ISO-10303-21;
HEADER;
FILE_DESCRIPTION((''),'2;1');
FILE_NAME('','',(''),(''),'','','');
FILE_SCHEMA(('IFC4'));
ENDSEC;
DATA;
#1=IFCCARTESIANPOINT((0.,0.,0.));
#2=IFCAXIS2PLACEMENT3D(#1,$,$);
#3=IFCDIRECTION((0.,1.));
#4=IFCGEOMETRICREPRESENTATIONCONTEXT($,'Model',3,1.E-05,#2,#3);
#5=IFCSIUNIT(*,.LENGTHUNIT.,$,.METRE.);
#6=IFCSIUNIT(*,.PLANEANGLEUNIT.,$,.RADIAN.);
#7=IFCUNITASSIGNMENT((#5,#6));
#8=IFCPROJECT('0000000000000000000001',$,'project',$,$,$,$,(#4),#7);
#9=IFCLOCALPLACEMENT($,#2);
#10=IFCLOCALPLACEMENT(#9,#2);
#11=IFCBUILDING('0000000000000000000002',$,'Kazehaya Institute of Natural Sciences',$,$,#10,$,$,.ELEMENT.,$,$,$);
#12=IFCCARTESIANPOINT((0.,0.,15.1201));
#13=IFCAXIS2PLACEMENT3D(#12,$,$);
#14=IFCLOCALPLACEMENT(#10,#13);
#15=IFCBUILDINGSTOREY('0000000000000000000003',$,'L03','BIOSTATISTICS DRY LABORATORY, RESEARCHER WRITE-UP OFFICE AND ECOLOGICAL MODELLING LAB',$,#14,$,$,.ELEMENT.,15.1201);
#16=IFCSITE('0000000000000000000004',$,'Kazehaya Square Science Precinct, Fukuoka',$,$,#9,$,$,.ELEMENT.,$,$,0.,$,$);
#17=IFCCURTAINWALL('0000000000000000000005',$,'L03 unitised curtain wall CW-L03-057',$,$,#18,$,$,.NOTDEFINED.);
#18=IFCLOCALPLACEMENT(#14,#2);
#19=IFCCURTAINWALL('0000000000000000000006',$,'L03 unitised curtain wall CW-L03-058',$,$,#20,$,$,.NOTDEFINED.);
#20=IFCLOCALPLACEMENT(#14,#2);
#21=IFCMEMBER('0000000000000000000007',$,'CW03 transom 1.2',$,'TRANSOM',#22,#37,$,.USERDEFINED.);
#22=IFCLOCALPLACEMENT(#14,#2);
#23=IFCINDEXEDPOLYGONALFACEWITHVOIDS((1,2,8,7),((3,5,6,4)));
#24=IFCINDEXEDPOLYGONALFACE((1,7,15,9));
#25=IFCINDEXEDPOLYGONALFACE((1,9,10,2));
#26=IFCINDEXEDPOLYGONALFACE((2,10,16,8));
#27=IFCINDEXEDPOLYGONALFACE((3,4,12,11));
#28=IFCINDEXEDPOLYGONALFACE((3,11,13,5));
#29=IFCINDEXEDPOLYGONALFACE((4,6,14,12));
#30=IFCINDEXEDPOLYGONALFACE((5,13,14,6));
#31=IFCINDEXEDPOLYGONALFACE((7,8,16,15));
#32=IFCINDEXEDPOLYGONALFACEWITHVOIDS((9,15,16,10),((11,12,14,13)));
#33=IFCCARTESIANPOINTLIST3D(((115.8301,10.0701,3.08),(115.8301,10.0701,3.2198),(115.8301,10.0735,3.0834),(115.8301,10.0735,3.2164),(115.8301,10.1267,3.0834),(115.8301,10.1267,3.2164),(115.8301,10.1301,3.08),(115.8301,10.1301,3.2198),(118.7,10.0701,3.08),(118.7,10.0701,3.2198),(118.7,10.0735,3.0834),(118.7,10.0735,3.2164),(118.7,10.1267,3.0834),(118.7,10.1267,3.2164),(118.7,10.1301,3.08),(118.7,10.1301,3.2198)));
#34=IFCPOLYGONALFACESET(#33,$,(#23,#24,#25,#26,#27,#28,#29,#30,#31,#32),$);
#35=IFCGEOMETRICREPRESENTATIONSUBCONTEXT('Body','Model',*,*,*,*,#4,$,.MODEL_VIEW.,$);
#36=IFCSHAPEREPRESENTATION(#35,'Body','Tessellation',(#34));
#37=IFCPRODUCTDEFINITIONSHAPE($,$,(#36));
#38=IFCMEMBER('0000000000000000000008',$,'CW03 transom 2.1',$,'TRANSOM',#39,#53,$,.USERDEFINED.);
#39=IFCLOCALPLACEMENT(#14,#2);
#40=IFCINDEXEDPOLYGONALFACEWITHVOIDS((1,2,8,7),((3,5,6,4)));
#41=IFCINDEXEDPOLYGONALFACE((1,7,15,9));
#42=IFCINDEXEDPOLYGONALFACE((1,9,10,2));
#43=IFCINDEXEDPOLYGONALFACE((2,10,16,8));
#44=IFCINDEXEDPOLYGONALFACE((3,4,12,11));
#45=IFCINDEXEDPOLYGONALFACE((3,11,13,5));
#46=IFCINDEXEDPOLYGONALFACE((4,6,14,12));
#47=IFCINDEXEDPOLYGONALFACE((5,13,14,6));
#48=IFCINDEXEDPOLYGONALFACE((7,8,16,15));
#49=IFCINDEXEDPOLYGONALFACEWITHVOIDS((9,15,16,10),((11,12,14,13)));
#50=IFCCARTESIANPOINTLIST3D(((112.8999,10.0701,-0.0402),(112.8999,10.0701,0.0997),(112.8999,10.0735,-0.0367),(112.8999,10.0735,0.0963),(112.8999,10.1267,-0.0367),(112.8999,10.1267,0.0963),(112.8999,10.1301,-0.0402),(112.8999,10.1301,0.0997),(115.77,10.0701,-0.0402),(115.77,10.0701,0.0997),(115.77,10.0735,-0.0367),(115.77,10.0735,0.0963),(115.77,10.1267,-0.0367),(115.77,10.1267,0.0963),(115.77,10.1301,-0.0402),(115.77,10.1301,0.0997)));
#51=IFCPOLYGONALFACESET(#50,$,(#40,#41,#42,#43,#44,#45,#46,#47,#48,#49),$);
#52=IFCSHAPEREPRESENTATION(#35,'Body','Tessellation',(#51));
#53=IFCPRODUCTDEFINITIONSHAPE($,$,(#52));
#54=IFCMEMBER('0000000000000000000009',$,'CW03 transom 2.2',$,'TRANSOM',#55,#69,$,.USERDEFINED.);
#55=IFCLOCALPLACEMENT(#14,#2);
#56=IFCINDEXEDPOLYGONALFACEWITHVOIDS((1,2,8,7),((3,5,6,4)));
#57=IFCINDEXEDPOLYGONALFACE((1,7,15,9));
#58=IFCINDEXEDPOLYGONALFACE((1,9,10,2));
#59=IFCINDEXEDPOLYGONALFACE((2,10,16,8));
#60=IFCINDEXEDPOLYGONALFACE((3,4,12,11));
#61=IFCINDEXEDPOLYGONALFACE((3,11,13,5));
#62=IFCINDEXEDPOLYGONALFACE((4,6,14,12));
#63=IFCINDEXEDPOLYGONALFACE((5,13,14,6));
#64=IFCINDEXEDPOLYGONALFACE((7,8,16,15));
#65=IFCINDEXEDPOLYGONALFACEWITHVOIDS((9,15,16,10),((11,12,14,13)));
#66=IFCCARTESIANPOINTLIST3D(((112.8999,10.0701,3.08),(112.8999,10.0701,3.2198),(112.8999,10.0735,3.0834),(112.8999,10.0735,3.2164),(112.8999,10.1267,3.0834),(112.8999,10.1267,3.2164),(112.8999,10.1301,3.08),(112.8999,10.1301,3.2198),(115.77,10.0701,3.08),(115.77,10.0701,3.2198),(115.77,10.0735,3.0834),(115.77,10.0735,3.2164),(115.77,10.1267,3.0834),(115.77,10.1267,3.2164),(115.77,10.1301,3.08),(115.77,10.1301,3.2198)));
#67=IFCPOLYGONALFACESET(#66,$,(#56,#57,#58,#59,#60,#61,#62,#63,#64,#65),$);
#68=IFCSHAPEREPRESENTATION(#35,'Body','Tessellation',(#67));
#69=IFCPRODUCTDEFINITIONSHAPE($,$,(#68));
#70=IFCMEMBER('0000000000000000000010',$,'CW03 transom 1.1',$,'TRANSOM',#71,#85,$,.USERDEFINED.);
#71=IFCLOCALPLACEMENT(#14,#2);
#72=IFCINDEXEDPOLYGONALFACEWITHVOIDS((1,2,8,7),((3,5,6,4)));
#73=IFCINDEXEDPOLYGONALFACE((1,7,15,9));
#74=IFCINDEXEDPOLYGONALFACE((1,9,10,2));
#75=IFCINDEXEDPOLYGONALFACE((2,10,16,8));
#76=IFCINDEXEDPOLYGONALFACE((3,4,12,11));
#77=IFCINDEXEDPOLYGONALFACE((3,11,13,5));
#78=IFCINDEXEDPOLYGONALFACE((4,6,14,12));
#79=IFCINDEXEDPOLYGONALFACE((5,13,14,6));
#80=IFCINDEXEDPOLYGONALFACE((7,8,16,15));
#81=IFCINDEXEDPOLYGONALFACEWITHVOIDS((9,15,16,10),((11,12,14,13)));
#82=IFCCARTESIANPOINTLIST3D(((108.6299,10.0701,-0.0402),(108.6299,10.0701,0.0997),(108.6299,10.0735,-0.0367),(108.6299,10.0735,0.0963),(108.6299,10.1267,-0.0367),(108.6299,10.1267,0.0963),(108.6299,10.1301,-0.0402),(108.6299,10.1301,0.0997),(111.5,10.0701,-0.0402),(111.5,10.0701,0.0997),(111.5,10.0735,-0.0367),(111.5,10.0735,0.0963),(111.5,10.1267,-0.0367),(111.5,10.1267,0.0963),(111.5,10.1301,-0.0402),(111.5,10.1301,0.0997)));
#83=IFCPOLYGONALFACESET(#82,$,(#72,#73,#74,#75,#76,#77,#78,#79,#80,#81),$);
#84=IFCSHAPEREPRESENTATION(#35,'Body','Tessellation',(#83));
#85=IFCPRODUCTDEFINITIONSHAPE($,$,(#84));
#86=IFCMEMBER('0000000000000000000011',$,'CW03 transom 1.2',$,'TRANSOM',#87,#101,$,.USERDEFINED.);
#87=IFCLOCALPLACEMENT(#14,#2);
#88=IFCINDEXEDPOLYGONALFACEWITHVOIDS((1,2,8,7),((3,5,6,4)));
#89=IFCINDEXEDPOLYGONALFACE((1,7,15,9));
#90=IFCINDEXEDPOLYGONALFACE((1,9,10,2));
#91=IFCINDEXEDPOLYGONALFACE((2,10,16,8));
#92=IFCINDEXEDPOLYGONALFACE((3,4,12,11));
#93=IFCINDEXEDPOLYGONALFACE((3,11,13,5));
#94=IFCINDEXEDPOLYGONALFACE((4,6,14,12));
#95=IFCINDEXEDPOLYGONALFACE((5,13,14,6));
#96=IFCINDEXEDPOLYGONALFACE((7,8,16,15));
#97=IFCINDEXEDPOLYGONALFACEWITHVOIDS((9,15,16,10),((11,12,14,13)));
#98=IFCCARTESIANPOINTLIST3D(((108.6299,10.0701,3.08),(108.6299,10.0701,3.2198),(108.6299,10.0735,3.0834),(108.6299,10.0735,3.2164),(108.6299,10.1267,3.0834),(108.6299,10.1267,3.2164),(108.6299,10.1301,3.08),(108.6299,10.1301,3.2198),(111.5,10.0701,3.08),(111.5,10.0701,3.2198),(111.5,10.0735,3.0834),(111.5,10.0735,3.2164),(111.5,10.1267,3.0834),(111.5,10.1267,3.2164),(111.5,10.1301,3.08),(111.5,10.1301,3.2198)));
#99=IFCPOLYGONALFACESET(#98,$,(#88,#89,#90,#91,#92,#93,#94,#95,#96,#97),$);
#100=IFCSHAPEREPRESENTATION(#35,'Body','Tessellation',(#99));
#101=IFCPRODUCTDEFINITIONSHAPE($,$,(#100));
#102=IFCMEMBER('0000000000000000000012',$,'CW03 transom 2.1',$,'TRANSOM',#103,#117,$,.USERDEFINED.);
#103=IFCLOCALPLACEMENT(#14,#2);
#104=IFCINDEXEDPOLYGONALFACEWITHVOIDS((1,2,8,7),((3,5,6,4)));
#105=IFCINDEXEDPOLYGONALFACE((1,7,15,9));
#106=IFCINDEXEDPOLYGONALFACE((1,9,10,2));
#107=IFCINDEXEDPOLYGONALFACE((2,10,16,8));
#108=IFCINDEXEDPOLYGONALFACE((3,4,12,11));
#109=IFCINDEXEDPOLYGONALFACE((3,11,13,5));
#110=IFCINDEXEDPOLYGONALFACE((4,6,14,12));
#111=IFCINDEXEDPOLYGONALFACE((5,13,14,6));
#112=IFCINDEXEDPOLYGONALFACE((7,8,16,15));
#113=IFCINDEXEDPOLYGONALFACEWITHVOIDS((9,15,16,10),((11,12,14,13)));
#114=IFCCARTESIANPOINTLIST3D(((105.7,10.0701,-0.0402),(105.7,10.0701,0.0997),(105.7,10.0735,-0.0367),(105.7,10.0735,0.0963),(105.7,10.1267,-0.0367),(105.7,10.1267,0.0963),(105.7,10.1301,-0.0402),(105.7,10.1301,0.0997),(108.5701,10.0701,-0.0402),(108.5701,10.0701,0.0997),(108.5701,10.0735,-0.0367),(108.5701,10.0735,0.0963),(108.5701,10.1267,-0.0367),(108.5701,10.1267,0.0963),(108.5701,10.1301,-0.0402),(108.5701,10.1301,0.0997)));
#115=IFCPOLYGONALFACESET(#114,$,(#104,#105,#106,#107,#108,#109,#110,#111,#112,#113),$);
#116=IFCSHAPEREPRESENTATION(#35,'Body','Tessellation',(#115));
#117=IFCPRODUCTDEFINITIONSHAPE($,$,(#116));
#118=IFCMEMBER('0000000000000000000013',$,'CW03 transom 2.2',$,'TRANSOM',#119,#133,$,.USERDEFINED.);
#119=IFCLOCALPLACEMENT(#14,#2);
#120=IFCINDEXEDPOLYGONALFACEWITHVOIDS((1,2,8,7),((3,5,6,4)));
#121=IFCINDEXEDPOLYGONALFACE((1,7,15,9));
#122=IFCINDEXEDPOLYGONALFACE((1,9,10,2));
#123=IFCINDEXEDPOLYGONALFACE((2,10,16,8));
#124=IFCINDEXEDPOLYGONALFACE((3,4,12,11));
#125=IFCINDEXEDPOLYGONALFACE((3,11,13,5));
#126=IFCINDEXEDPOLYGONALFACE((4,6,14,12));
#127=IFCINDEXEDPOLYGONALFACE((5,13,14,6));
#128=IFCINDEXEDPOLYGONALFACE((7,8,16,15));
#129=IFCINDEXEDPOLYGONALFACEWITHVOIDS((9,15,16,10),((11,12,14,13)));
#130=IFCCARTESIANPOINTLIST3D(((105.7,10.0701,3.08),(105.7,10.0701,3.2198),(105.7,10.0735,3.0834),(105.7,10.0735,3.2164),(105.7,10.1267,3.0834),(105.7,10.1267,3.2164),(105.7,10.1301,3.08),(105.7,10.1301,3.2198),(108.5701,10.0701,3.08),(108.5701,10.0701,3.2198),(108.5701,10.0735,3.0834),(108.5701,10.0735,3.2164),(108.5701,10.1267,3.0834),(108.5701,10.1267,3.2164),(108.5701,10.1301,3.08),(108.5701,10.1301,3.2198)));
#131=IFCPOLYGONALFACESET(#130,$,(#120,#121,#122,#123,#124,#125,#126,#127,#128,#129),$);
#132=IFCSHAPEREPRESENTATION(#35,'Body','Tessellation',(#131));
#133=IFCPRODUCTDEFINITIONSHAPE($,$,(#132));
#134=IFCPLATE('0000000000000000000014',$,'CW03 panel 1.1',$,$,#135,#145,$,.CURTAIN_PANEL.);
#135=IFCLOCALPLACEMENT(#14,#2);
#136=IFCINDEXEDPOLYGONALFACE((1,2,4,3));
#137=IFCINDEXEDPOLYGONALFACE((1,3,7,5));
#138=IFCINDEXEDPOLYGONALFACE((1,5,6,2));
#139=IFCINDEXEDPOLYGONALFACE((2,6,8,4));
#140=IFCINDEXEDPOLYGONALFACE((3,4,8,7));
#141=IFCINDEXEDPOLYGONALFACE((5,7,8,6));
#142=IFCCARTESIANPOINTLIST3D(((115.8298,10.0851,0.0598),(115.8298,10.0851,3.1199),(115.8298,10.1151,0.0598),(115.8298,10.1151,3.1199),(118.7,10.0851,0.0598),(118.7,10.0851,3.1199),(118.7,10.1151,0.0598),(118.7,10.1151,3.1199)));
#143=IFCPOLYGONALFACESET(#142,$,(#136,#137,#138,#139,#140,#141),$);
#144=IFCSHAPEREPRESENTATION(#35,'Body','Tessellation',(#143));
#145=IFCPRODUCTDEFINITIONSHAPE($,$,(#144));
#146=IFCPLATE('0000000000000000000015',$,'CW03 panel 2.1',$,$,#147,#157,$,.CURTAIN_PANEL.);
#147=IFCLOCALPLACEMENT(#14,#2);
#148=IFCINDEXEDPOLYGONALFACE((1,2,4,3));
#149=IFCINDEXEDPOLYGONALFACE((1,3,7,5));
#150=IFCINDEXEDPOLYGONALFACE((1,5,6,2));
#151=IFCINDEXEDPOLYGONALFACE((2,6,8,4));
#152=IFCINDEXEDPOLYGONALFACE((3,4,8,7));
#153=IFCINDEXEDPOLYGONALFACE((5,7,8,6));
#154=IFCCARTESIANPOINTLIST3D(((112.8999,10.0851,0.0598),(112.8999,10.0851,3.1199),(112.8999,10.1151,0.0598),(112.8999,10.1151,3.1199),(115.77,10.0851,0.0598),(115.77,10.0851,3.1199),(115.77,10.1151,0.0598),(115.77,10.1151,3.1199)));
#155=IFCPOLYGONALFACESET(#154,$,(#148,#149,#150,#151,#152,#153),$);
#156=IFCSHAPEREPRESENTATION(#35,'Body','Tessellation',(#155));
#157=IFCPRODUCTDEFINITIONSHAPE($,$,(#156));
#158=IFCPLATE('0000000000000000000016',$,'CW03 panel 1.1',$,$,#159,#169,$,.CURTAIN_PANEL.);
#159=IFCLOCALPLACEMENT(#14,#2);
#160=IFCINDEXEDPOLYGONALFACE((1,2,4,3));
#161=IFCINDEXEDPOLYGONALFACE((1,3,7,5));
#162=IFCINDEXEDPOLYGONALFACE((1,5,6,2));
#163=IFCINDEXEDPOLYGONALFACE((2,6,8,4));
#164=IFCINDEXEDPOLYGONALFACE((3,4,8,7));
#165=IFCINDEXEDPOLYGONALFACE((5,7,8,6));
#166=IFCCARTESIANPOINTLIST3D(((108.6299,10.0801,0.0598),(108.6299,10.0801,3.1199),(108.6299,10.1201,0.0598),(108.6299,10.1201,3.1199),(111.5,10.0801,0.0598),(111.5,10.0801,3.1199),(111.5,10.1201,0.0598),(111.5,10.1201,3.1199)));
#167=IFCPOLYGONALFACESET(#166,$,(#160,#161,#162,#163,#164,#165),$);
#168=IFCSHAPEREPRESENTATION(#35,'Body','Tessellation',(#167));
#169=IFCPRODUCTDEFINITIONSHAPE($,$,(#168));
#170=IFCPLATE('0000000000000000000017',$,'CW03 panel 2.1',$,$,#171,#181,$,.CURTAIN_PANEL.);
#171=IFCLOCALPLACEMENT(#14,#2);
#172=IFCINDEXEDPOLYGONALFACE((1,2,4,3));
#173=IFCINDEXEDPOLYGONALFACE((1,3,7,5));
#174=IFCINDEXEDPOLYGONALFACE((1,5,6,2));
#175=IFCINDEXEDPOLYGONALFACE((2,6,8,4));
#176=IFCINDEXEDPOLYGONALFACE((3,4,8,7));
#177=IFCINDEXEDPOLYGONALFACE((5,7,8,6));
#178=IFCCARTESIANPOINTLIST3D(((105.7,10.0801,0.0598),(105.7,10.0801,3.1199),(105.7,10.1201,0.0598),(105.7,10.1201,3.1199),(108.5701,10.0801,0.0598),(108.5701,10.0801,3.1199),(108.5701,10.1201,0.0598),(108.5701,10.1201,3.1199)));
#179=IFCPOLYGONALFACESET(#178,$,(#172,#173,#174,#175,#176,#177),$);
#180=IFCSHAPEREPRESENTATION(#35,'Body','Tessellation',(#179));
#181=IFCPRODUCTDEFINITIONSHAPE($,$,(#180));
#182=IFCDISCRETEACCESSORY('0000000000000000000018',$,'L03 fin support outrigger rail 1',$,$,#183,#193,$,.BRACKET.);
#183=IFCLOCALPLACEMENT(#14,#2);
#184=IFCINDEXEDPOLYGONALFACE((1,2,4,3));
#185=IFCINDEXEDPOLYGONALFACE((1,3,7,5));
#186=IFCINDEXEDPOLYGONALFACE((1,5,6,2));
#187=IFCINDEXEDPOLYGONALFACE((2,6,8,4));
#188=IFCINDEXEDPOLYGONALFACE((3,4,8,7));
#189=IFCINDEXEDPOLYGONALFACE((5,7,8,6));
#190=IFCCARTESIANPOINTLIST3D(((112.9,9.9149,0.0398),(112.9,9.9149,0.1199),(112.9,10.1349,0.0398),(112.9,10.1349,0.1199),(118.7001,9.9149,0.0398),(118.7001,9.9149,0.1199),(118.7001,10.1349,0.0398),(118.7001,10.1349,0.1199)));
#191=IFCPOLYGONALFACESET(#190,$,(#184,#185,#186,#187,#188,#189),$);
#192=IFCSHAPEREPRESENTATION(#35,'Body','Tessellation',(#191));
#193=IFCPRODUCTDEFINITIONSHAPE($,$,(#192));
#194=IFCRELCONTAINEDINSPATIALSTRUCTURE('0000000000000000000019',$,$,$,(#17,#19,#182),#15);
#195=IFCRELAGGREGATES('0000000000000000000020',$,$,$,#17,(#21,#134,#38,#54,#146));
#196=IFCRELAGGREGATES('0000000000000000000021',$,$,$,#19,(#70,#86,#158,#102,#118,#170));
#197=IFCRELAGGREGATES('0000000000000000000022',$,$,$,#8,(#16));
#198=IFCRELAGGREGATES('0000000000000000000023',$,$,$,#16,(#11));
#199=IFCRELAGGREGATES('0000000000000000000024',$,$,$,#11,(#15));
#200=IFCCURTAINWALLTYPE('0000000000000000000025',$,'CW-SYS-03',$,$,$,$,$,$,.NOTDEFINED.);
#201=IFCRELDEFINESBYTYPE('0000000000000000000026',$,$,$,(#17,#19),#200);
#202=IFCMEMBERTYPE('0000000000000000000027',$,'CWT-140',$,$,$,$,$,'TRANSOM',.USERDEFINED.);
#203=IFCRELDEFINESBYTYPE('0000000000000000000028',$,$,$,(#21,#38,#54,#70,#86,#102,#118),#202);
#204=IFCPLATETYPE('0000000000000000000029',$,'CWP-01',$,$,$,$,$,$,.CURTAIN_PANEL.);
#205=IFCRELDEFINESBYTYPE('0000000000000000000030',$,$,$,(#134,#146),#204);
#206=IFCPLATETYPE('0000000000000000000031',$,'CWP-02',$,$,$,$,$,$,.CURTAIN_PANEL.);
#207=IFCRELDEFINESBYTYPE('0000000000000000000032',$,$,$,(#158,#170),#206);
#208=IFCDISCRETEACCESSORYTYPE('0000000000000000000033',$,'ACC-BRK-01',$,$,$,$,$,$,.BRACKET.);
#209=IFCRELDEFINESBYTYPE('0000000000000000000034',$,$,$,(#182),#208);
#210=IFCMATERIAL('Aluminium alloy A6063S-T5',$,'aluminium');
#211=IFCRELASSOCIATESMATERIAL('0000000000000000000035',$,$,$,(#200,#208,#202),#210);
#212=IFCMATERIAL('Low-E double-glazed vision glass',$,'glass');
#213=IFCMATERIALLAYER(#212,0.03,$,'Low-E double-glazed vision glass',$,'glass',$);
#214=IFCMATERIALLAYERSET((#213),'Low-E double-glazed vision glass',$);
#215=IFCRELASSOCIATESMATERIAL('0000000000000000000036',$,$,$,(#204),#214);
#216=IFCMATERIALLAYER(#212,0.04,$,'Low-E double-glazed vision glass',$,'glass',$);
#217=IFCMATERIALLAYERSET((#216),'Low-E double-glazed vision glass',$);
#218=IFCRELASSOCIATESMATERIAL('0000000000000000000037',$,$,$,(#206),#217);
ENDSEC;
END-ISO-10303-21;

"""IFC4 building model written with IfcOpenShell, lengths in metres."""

from ifc_helpers import new_model, si_unit, direction, frame, origin, origin_2d, place, context, subcontext, project, spatial, rectangle, hollow_rectangle, extrude, material, layer, layer_set, material_profile, profile_set, type_object, element, aggregate, save


model = new_model("IFC4")

# Units and contexts
model_context = context("Model", 3, precision=1e-05, world=origin(), true_north=direction((0.0, 1.0)))
body_context = subcontext(model_context, "Body", "Model", "MODEL_VIEW")
ifc_project = project(units=[si_unit("LENGTHUNIT", "METRE"), si_unit("PLANEANGLEUNIT", "RADIAN")], contexts=[model_context])

# Site, building, storey
site_placement = place(None, origin())
site = spatial("IfcSite", under=ifc_project, at=site_placement, Name="Kazehaya Square Science Precinct, Fukuoka", CompositionType="ELEMENT", RefElevation=0.0)
building_placement = place(site_placement, origin())
building = spatial("IfcBuilding", under=site, at=building_placement, Name="Kazehaya Institute of Natural Sciences", CompositionType="ELEMENT")
storey_placement = place(building_placement, frame((0.0, 0.0, 15.1201)))
storey = spatial("IfcBuildingStorey", under=building, at=storey_placement, Name="L03", Description="BIOSTATISTICS DRY LABORATORY, RESEARCHER WRITE-UP OFFICE AND ECOLOGICAL MODELLING LAB", CompositionType="ELEMENT", Elevation=15.1201)

# Shared definitions
ifc_material_1 = material(Name="Aluminium alloy A6063S-T5", Category="aluminium")

# Curtain walls
curtain_wall_type_1 = type_object("IfcCurtainWallType", Name="CW-SYS-03", PredefinedType="NOTDEFINED", material=ifc_material_1)
curtain_wall_1_placement = place(storey_placement, origin())
curtain_wall_1 = element("IfcCurtainWall", 1, at=curtain_wall_1_placement, inside=storey, type_object=curtain_wall_type_1, Name="L03 unitised curtain wall CW-L03-057", PredefinedType="NOTDEFINED")
curtain_wall_2_placement = place(storey_placement, origin())
curtain_wall_2 = element("IfcCurtainWall", 2, at=curtain_wall_2_placement, inside=storey, type_object=curtain_wall_type_1, Name="L03 unitised curtain wall CW-L03-058", PredefinedType="NOTDEFINED")

# Members
ifc_material_profile_1 = material_profile(ifc_material_1, hollow_rectangle(XDim=0.0601, YDim=0.1399, WallThickness=0.0034, at=origin_2d()), Name="ALU-60x140x3.5")
ifc_profile_set_1 = profile_set([ifc_material_profile_1], Name="Aluminium alloy A6063S-T5")
member_type_1 = type_object("IfcMemberType", Name="CWT-140", ElementType="TRANSOM", PredefinedType="USERDEFINED", material=ifc_profile_set_1)
member_1_placement = place(storey_placement, frame((118.7, 10.1001, 3.1499), z_axis=(-1.0, 0.0, 0.0), x_axis=(0.0, -1.0, 0.0)))
member_1 = element("IfcMember", 3, at=member_1_placement, type_object=member_type_1, Name="CW03 transom 1.2", ObjectType="TRANSOM", PredefinedType="USERDEFINED", context=body_context, shape_type="SweptSolid", body=[
    extrude(hollow_rectangle(XDim=0.0601, YDim=0.1399, WallThickness=0.0034, at=origin_2d()), origin(), (0.0, 0.0, 1.0), 2.8699),
])
member_2_placement = place(storey_placement, frame((115.77, 10.1001, 0.0298), z_axis=(-1.0, 0.0, 0.0), x_axis=(0.0, -1.0, 0.0)))
member_2 = element("IfcMember", 4, at=member_2_placement, type_object=member_type_1, Name="CW03 transom 2.1", ObjectType="TRANSOM", PredefinedType="USERDEFINED", context=body_context, shape_type="SweptSolid", body=[
    extrude(hollow_rectangle(XDim=0.0601, YDim=0.1399, WallThickness=0.0034, at=origin_2d()), origin(), (0.0, 0.0, 1.0), 2.8701),
])
member_3_placement = place(storey_placement, frame((115.77, 10.1001, 3.1499), z_axis=(-1.0, 0.0, 0.0), x_axis=(0.0, -1.0, 0.0)))
member_3 = element("IfcMember", 5, at=member_3_placement, type_object=member_type_1, Name="CW03 transom 2.2", ObjectType="TRANSOM", PredefinedType="USERDEFINED", context=body_context, shape_type="SweptSolid", body=[
    extrude(hollow_rectangle(XDim=0.0601, YDim=0.1399, WallThickness=0.0034, at=origin_2d()), origin(), (0.0, 0.0, 1.0), 2.8701),
])
member_4_placement = place(storey_placement, frame((111.5, 10.1001, 0.0298), z_axis=(-1.0, 0.0, 0.0), x_axis=(0.0, -1.0, 0.0)))
member_4 = element("IfcMember", 6, at=member_4_placement, type_object=member_type_1, Name="CW03 transom 1.1", ObjectType="TRANSOM", PredefinedType="USERDEFINED", context=body_context, shape_type="SweptSolid", body=[
    extrude(hollow_rectangle(XDim=0.0601, YDim=0.1399, WallThickness=0.0034, at=origin_2d()), origin(), (0.0, 0.0, 1.0), 2.8701),
])
member_5_placement = place(storey_placement, frame((111.5, 10.1001, 3.1499), z_axis=(-1.0, 0.0, 0.0), x_axis=(0.0, -1.0, 0.0)))
member_5 = element("IfcMember", 7, at=member_5_placement, type_object=member_type_1, Name="CW03 transom 1.2", ObjectType="TRANSOM", PredefinedType="USERDEFINED", context=body_context, shape_type="SweptSolid", body=[
    extrude(hollow_rectangle(XDim=0.0601, YDim=0.1399, WallThickness=0.0034, at=origin_2d()), origin(), (0.0, 0.0, 1.0), 2.8701),
])
member_6_placement = place(storey_placement, frame((108.5701, 10.1001, 0.0298), z_axis=(-1.0, 0.0, 0.0), x_axis=(0.0, -1.0, 0.0)))
member_6 = element("IfcMember", 8, at=member_6_placement, type_object=member_type_1, Name="CW03 transom 2.1", ObjectType="TRANSOM", PredefinedType="USERDEFINED", context=body_context, shape_type="SweptSolid", body=[
    extrude(hollow_rectangle(XDim=0.0601, YDim=0.1399, WallThickness=0.0034, at=origin_2d()), origin(), (0.0, 0.0, 1.0), 2.8701),
])
member_7_placement = place(storey_placement, frame((108.5701, 10.1001, 3.1499), z_axis=(-1.0, 0.0, 0.0), x_axis=(0.0, -1.0, 0.0)))
member_7 = element("IfcMember", 9, at=member_7_placement, type_object=member_type_1, Name="CW03 transom 2.2", ObjectType="TRANSOM", PredefinedType="USERDEFINED", context=body_context, shape_type="SweptSolid", body=[
    extrude(hollow_rectangle(XDim=0.0601, YDim=0.1399, WallThickness=0.0034, at=origin_2d()), origin(), (0.0, 0.0, 1.0), 2.8701),
])

# Plates
ifc_material_2 = material(Name="Low-E double-glazed vision glass", Category="glass")
ifc_layer_1 = layer(ifc_material_2, 0.03, Name="Low-E double-glazed vision glass", Category="glass")
ifc_layer_set_1 = layer_set([ifc_layer_1], Name="Low-E double-glazed vision glass")
plate_type_1 = type_object("IfcPlateType", Name="CWP-01", PredefinedType="CURTAIN_PANEL", material=ifc_layer_set_1)
plate_1_placement = place(storey_placement, frame((117.2649, 10.1001, 0.0598), z_axis=(0.0, 0.0, 1.0), x_axis=(-1.0, 0.0, 0.0)))
plate_1 = element("IfcPlate", 10, at=plate_1_placement, type_object=plate_type_1, Name="CW03 panel 1.1", PredefinedType="CURTAIN_PANEL", context=body_context, shape_type="SweptSolid", body=[
    extrude(rectangle(XDim=2.8701, YDim=0.03, at=origin_2d()), origin(), (0.0, 0.0, 1.0), 3.0601),
])
plate_2_placement = place(storey_placement, frame((114.335, 10.1001, 0.0598), z_axis=(0.0, 0.0, 1.0), x_axis=(-1.0, 0.0, 0.0)))
plate_2 = element("IfcPlate", 11, at=plate_2_placement, type_object=plate_type_1, Name="CW03 panel 2.1", PredefinedType="CURTAIN_PANEL", context=body_context, shape_type="SweptSolid", body=[
    extrude(rectangle(XDim=2.8701, YDim=0.03, at=origin_2d()), origin(), (0.0, 0.0, 1.0), 3.0601),
])
aggregate(curtain_wall_1, [member_1, plate_1, member_2, member_3, plate_2])
ifc_layer_2 = layer(ifc_material_2, 0.04, Name="Low-E double-glazed vision glass", Category="glass")
ifc_layer_set_2 = layer_set([ifc_layer_2], Name="Low-E double-glazed vision glass")
plate_type_2 = type_object("IfcPlateType", Name="CWP-02", PredefinedType="CURTAIN_PANEL", material=ifc_layer_set_2)
plate_3_placement = place(storey_placement, frame((110.0649, 10.1001, 0.0598), z_axis=(0.0, 0.0, 1.0), x_axis=(-1.0, 0.0, 0.0)))
plate_3 = element("IfcPlate", 12, at=plate_3_placement, type_object=plate_type_2, Name="CW03 panel 1.1", PredefinedType="CURTAIN_PANEL", context=body_context, shape_type="SweptSolid", body=[
    extrude(rectangle(XDim=2.8701, YDim=0.04, at=origin_2d()), origin(), (0.0, 0.0, 1.0), 3.0601),
])
plate_4_placement = place(storey_placement, frame((107.135, 10.1001, 0.0598), z_axis=(0.0, 0.0, 1.0), x_axis=(-1.0, 0.0, 0.0)))
plate_4 = element("IfcPlate", 13, at=plate_4_placement, type_object=plate_type_2, Name="CW03 panel 2.1", PredefinedType="CURTAIN_PANEL", context=body_context, shape_type="SweptSolid", body=[
    extrude(rectangle(XDim=2.8701, YDim=0.04, at=origin_2d()), origin(), (0.0, 0.0, 1.0), 3.0601),
])
aggregate(curtain_wall_2, [member_4, member_5, plate_3, member_6, member_7, plate_4])

# Discrete accessory
discrete_accessory_type = type_object("IfcDiscreteAccessoryType", Name="ACC-BRK-01", PredefinedType="BRACKET", material=ifc_material_1)
for number, where, z_axis, x_axis, name in (
    (14, (115.8, 10.0249, 0.0398), (0.0, 0.0, 1.0), (-1.0, 0.0, 0.0), "L03 fin support outrigger rail 1"),
):
    element("IfcDiscreteAccessory", number, at=place(storey_placement, frame(where, z_axis=z_axis, x_axis=x_axis)), inside=storey, type_object=discrete_accessory_type, Name=name, PredefinedType="BRACKET", context=body_context, shape_type="SweptSolid", body=[
        extrude(rectangle(XDim=5.8, YDim=0.22, at=origin_2d()), origin(), (0.0, 0.0, 1.0), 0.0801),
    ])

save(model, "model.ifc")
